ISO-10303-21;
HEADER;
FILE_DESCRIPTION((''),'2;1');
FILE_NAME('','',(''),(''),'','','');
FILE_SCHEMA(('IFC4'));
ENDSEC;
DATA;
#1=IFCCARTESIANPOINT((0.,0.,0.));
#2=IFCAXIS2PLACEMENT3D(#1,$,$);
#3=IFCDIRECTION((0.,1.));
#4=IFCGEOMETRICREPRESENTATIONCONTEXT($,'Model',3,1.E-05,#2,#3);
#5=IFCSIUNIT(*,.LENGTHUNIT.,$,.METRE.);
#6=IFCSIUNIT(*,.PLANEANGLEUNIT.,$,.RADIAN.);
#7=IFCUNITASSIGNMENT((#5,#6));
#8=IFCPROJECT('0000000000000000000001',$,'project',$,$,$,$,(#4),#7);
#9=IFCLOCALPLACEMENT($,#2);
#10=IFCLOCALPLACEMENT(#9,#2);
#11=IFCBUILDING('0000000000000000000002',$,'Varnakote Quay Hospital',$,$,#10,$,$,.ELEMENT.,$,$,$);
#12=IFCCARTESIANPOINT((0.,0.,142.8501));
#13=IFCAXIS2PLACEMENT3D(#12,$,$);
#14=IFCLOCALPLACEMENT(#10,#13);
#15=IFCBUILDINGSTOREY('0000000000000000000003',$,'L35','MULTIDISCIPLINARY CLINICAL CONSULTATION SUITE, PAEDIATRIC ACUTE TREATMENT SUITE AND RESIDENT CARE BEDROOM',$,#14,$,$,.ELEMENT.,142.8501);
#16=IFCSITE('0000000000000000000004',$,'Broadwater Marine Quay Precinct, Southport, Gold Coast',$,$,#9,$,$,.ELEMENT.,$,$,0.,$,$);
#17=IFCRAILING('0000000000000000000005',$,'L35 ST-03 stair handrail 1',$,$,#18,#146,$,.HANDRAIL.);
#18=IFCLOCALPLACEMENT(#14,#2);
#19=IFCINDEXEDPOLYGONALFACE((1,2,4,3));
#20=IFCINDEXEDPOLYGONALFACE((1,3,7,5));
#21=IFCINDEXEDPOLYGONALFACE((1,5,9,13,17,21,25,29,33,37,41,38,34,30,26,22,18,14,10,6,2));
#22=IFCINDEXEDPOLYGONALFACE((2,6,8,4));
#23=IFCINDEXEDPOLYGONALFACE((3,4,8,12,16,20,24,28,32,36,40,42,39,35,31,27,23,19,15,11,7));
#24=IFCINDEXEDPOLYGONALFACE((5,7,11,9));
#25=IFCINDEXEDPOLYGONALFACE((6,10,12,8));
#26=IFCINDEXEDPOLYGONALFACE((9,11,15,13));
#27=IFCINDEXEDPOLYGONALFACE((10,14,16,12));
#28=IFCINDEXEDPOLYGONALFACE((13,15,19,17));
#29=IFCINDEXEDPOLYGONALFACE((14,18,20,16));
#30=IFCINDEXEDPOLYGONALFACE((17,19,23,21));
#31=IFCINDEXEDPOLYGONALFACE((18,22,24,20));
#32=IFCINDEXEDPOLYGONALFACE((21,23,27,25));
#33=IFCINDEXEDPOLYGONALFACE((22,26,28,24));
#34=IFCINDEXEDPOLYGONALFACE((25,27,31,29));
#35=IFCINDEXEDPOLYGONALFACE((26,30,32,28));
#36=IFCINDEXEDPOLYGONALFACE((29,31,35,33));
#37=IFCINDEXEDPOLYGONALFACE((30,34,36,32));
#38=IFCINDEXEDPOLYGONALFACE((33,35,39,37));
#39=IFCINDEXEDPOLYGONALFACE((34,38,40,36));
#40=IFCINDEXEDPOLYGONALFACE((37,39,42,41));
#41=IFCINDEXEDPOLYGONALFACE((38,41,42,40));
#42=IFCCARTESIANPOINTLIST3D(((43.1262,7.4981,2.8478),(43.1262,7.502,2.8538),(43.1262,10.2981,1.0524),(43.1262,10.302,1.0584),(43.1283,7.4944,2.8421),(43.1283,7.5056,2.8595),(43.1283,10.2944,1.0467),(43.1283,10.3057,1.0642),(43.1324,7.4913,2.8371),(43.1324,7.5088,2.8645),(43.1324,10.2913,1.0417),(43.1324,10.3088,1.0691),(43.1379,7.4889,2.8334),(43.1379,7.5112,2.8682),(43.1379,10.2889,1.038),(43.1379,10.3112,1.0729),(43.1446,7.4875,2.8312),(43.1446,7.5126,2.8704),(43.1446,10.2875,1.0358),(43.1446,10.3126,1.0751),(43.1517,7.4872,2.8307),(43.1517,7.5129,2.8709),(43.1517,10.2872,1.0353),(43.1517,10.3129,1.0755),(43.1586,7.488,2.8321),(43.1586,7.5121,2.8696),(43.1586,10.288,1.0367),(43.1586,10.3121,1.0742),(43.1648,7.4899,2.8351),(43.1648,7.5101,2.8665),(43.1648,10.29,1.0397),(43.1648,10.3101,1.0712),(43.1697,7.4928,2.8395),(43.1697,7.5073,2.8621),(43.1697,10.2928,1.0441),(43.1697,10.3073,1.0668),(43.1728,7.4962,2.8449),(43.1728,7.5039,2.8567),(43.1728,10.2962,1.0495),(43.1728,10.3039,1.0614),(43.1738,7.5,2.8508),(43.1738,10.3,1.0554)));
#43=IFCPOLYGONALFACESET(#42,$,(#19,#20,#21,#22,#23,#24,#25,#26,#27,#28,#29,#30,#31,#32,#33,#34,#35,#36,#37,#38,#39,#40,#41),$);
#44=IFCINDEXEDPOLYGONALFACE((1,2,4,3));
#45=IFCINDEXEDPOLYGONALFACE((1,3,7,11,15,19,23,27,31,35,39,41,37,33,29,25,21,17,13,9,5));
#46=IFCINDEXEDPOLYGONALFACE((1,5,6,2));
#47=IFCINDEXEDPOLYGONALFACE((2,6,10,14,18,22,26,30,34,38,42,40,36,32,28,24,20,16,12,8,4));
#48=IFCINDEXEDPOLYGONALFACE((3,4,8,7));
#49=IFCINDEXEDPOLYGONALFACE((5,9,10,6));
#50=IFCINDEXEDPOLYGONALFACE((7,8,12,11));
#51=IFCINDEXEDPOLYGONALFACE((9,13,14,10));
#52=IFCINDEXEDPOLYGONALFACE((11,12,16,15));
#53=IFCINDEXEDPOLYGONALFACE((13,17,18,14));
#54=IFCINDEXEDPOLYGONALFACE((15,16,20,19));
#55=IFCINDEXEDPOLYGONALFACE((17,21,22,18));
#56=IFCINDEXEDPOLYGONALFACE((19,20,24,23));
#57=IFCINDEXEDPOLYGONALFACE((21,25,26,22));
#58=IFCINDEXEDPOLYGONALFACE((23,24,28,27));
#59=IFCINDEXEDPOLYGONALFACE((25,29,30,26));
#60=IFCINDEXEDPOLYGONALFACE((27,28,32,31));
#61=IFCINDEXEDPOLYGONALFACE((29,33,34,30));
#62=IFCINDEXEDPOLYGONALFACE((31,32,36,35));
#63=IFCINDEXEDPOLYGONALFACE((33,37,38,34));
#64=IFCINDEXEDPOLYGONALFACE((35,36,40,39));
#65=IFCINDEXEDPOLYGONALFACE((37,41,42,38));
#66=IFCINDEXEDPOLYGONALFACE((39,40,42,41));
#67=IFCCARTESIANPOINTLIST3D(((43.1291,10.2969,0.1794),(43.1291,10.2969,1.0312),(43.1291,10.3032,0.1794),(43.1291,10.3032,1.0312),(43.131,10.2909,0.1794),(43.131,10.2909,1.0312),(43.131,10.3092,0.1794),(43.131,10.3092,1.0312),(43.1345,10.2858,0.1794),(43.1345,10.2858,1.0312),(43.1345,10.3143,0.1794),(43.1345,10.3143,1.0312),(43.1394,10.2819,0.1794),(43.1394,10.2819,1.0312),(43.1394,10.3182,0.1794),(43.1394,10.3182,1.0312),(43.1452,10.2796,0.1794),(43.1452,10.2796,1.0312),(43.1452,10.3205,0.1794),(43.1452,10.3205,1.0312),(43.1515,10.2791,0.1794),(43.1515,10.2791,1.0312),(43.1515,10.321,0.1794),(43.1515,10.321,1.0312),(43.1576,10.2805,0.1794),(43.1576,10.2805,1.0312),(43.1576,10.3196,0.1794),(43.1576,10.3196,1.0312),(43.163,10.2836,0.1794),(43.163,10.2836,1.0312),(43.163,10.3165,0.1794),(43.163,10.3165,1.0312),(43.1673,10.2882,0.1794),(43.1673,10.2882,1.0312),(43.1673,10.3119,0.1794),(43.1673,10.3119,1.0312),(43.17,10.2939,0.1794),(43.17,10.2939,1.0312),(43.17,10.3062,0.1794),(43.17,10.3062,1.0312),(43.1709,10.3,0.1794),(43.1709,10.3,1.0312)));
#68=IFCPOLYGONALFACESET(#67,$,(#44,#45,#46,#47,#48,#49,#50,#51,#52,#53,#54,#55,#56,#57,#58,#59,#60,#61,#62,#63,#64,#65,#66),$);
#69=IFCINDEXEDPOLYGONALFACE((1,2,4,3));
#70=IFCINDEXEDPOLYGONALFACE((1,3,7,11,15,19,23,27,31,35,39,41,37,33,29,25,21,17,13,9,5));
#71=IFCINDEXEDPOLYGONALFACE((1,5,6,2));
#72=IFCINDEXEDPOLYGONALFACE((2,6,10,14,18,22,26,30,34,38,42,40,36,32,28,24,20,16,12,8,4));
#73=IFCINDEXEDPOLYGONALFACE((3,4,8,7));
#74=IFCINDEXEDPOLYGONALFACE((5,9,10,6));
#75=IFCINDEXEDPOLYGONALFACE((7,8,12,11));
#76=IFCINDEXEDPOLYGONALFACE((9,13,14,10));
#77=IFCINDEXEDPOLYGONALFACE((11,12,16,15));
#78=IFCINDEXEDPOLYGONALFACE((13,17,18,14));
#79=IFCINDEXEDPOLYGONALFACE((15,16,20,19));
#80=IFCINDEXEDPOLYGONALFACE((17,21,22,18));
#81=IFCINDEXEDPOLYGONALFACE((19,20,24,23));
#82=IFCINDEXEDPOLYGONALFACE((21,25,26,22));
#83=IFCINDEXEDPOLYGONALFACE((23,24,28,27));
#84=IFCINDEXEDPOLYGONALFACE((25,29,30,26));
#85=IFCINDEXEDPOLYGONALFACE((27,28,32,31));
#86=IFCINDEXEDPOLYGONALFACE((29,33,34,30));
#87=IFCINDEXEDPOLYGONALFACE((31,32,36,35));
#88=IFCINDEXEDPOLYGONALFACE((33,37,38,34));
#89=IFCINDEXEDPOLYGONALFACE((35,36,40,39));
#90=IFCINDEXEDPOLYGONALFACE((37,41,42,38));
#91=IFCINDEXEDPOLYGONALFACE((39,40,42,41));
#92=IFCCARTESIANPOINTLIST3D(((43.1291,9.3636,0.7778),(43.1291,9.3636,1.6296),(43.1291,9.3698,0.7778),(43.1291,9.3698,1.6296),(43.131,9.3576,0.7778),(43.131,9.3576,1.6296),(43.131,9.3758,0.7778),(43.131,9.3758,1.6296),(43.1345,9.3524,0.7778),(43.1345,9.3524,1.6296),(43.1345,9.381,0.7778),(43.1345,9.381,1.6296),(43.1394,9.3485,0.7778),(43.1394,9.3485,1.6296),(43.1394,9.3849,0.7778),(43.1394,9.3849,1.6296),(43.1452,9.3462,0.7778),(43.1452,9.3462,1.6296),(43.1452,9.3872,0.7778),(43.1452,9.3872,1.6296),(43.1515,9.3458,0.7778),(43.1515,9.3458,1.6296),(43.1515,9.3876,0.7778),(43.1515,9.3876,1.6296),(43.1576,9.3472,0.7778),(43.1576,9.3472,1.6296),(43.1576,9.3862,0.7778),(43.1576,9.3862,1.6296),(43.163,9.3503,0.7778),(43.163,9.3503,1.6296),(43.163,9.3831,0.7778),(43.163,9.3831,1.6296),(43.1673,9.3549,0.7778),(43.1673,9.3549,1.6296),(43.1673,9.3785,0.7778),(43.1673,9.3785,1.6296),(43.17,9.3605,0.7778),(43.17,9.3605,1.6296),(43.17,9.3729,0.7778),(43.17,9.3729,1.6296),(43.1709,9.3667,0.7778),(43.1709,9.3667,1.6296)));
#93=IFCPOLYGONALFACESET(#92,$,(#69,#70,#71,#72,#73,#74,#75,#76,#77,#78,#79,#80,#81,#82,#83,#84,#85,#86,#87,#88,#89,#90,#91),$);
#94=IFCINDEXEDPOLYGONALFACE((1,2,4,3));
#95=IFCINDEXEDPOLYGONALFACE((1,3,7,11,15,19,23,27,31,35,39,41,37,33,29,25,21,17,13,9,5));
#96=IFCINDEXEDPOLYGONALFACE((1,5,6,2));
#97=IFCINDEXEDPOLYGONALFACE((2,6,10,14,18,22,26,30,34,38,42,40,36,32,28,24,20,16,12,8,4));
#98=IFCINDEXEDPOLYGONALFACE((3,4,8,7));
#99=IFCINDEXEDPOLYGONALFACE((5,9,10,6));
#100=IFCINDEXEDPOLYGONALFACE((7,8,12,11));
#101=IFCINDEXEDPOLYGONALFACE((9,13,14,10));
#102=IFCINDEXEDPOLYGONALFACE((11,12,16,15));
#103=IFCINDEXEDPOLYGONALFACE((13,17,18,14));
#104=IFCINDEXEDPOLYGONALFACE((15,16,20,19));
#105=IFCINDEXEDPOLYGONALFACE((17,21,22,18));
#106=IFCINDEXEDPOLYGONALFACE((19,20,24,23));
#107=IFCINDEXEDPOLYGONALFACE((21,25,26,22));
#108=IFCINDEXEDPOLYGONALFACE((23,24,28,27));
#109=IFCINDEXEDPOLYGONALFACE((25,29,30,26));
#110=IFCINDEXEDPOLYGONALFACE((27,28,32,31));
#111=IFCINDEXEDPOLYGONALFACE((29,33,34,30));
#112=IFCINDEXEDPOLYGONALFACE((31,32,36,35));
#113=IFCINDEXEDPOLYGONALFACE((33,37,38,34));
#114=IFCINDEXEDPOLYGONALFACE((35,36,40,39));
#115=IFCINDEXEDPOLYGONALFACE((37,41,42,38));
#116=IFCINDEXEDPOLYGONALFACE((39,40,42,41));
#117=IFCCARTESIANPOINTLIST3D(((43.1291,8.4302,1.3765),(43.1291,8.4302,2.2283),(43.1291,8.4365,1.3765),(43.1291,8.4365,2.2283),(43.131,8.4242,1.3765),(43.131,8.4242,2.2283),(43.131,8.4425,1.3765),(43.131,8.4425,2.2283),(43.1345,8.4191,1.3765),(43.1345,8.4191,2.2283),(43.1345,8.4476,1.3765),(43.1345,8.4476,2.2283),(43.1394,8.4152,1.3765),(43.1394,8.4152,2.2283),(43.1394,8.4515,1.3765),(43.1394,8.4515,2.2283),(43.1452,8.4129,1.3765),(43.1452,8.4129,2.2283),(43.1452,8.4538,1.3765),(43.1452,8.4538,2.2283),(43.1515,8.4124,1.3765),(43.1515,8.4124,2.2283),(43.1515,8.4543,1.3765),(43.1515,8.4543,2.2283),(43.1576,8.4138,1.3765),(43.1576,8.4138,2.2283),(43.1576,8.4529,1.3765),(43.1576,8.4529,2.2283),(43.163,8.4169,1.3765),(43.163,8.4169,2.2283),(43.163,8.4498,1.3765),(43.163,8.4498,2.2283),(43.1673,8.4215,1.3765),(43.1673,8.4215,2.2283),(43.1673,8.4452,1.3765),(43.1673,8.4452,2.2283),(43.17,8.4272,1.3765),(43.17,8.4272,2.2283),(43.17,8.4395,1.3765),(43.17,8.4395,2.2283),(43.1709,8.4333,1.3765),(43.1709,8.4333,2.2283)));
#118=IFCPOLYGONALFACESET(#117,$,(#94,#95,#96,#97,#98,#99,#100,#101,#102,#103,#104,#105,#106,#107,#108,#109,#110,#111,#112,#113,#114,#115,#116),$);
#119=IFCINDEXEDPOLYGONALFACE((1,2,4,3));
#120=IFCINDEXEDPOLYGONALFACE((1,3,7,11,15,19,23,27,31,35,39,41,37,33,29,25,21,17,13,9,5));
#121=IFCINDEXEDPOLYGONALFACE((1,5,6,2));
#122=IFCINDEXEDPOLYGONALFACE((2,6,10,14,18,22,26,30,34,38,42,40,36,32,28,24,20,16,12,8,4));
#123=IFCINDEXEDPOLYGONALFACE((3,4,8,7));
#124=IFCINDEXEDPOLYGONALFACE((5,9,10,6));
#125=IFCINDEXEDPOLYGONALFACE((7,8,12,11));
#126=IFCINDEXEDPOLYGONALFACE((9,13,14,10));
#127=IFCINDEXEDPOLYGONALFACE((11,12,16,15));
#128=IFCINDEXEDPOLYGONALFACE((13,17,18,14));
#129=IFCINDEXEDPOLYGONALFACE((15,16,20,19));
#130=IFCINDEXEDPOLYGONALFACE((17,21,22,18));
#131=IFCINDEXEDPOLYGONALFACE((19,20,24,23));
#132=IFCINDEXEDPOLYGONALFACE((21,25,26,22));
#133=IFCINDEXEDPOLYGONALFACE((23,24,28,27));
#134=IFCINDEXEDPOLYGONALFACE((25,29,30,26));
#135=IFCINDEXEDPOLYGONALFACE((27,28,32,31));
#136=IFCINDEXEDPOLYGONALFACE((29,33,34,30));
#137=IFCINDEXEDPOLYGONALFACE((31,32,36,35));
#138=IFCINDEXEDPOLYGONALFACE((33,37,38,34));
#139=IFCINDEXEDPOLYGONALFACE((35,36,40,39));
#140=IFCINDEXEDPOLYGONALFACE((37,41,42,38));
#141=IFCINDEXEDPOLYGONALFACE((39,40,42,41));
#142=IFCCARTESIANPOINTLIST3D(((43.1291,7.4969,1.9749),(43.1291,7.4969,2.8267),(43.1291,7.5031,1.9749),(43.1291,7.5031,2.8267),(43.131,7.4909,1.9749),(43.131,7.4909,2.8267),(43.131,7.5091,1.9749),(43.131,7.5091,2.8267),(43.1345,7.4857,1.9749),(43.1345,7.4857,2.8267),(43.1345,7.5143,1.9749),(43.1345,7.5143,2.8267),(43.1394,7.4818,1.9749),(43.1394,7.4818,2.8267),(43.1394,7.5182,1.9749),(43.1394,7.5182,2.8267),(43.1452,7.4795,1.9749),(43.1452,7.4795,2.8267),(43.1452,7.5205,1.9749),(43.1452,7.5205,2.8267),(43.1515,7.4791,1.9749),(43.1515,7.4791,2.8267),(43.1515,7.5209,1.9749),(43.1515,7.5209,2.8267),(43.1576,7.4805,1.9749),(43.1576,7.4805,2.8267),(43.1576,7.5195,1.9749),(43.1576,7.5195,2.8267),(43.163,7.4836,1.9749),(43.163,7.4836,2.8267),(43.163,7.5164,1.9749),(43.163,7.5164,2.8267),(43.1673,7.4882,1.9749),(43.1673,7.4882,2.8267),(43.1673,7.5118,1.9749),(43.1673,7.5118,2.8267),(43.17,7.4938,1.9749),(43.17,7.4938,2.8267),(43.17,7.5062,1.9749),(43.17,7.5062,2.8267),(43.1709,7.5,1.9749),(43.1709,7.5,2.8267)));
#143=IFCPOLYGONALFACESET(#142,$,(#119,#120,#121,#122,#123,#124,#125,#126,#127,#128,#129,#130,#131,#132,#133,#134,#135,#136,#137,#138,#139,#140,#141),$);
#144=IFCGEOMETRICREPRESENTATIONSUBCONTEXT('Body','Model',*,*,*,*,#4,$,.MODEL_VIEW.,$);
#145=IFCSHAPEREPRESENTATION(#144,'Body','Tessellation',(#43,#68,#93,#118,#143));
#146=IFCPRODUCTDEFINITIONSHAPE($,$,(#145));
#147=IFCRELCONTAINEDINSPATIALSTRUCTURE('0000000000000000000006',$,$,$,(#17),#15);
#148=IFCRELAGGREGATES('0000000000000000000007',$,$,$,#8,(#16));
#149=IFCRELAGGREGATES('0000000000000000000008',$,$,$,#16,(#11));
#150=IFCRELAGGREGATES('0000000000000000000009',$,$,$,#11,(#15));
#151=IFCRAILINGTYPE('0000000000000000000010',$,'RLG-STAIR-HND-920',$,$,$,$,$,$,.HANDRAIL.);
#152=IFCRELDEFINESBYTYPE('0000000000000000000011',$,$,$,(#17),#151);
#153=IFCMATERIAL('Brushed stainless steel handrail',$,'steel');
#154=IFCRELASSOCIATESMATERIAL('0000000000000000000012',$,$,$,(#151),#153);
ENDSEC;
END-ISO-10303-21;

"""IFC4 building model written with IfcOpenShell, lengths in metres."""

from ifc_helpers import new_model, si_unit, direction, frame, origin, origin_2d, place, context, subcontext, project, spatial, circle, extrude, material, type_object, element, save


model = new_model("IFC4")

# Units and contexts
model_context = context("Model", 3, precision=1e-05, world=origin(), true_north=direction((0.0, 1.0)))
body_context = subcontext(model_context, "Body", "Model", "MODEL_VIEW")
ifc_project = project(units=[si_unit("LENGTHUNIT", "METRE"), si_unit("PLANEANGLEUNIT", "RADIAN")], contexts=[model_context])

# Site, building, storey
site_placement = place(None, origin())
site = spatial("IfcSite", under=ifc_project, at=site_placement, Name="Broadwater Marine Quay Precinct, Southport, Gold Coast", CompositionType="ELEMENT", RefElevation=0.0)
building_placement = place(site_placement, origin())
building = spatial("IfcBuilding", under=site, at=building_placement, Name="Varnakote Quay Hospital", CompositionType="ELEMENT")
storey_placement = place(building_placement, frame((0.0, 0.0, 142.8501)))
storey = spatial("IfcBuildingStorey", under=building, at=storey_placement, Name="L35", Description="MULTIDISCIPLINARY CLINICAL CONSULTATION SUITE, PAEDIATRIC ACUTE TREATMENT SUITE AND RESIDENT CARE BEDROOM", CompositionType="ELEMENT", Elevation=142.8501)

# Railing
ifc_material_1 = material(Name="Brushed stainless steel handrail", Category="steel")
railing_type_1 = type_object("IfcRailingType", Name="RLG-STAIR-HND-920", PredefinedType="HANDRAIL", material=ifc_material_1)
railing_1_placement = place(storey_placement, frame((43.1499, 10.3, 0.1794)))
element("IfcRailing", 1, at=railing_1_placement, inside=storey, type_object=railing_type_1, Name="L35 ST-03 stair handrail 1", PredefinedType="HANDRAIL", context=body_context, shape_type="SweptSolid", body=[
    extrude(circle(Radius=0.0239, at=origin_2d()), frame((0.0, 0.0, 0.876), z_axis=(0.0, -0.84181, 0.539774), x_axis=(1.0, 0.0, 0.0)), (0.0, 0.0, 1.0), 3.3262),
    extrude(circle(Radius=0.021, at=origin_2d()), origin(), (0.0, 0.0, 1.0), 0.8518),
    extrude(circle(Radius=0.021, at=origin_2d()), frame((0.0, -0.9333, 0.5984)), (0.0, 0.0, 1.0), 0.8518),
    extrude(circle(Radius=0.021, at=origin_2d()), frame((0.0, -1.8667, 1.197)), (0.0, 0.0, 1.0), 0.8518),
    extrude(circle(Radius=0.021, at=origin_2d()), frame((0.0, -2.8, 1.7954)), (0.0, 0.0, 1.0), 0.8518),
])

save(model, "model.ifc")
